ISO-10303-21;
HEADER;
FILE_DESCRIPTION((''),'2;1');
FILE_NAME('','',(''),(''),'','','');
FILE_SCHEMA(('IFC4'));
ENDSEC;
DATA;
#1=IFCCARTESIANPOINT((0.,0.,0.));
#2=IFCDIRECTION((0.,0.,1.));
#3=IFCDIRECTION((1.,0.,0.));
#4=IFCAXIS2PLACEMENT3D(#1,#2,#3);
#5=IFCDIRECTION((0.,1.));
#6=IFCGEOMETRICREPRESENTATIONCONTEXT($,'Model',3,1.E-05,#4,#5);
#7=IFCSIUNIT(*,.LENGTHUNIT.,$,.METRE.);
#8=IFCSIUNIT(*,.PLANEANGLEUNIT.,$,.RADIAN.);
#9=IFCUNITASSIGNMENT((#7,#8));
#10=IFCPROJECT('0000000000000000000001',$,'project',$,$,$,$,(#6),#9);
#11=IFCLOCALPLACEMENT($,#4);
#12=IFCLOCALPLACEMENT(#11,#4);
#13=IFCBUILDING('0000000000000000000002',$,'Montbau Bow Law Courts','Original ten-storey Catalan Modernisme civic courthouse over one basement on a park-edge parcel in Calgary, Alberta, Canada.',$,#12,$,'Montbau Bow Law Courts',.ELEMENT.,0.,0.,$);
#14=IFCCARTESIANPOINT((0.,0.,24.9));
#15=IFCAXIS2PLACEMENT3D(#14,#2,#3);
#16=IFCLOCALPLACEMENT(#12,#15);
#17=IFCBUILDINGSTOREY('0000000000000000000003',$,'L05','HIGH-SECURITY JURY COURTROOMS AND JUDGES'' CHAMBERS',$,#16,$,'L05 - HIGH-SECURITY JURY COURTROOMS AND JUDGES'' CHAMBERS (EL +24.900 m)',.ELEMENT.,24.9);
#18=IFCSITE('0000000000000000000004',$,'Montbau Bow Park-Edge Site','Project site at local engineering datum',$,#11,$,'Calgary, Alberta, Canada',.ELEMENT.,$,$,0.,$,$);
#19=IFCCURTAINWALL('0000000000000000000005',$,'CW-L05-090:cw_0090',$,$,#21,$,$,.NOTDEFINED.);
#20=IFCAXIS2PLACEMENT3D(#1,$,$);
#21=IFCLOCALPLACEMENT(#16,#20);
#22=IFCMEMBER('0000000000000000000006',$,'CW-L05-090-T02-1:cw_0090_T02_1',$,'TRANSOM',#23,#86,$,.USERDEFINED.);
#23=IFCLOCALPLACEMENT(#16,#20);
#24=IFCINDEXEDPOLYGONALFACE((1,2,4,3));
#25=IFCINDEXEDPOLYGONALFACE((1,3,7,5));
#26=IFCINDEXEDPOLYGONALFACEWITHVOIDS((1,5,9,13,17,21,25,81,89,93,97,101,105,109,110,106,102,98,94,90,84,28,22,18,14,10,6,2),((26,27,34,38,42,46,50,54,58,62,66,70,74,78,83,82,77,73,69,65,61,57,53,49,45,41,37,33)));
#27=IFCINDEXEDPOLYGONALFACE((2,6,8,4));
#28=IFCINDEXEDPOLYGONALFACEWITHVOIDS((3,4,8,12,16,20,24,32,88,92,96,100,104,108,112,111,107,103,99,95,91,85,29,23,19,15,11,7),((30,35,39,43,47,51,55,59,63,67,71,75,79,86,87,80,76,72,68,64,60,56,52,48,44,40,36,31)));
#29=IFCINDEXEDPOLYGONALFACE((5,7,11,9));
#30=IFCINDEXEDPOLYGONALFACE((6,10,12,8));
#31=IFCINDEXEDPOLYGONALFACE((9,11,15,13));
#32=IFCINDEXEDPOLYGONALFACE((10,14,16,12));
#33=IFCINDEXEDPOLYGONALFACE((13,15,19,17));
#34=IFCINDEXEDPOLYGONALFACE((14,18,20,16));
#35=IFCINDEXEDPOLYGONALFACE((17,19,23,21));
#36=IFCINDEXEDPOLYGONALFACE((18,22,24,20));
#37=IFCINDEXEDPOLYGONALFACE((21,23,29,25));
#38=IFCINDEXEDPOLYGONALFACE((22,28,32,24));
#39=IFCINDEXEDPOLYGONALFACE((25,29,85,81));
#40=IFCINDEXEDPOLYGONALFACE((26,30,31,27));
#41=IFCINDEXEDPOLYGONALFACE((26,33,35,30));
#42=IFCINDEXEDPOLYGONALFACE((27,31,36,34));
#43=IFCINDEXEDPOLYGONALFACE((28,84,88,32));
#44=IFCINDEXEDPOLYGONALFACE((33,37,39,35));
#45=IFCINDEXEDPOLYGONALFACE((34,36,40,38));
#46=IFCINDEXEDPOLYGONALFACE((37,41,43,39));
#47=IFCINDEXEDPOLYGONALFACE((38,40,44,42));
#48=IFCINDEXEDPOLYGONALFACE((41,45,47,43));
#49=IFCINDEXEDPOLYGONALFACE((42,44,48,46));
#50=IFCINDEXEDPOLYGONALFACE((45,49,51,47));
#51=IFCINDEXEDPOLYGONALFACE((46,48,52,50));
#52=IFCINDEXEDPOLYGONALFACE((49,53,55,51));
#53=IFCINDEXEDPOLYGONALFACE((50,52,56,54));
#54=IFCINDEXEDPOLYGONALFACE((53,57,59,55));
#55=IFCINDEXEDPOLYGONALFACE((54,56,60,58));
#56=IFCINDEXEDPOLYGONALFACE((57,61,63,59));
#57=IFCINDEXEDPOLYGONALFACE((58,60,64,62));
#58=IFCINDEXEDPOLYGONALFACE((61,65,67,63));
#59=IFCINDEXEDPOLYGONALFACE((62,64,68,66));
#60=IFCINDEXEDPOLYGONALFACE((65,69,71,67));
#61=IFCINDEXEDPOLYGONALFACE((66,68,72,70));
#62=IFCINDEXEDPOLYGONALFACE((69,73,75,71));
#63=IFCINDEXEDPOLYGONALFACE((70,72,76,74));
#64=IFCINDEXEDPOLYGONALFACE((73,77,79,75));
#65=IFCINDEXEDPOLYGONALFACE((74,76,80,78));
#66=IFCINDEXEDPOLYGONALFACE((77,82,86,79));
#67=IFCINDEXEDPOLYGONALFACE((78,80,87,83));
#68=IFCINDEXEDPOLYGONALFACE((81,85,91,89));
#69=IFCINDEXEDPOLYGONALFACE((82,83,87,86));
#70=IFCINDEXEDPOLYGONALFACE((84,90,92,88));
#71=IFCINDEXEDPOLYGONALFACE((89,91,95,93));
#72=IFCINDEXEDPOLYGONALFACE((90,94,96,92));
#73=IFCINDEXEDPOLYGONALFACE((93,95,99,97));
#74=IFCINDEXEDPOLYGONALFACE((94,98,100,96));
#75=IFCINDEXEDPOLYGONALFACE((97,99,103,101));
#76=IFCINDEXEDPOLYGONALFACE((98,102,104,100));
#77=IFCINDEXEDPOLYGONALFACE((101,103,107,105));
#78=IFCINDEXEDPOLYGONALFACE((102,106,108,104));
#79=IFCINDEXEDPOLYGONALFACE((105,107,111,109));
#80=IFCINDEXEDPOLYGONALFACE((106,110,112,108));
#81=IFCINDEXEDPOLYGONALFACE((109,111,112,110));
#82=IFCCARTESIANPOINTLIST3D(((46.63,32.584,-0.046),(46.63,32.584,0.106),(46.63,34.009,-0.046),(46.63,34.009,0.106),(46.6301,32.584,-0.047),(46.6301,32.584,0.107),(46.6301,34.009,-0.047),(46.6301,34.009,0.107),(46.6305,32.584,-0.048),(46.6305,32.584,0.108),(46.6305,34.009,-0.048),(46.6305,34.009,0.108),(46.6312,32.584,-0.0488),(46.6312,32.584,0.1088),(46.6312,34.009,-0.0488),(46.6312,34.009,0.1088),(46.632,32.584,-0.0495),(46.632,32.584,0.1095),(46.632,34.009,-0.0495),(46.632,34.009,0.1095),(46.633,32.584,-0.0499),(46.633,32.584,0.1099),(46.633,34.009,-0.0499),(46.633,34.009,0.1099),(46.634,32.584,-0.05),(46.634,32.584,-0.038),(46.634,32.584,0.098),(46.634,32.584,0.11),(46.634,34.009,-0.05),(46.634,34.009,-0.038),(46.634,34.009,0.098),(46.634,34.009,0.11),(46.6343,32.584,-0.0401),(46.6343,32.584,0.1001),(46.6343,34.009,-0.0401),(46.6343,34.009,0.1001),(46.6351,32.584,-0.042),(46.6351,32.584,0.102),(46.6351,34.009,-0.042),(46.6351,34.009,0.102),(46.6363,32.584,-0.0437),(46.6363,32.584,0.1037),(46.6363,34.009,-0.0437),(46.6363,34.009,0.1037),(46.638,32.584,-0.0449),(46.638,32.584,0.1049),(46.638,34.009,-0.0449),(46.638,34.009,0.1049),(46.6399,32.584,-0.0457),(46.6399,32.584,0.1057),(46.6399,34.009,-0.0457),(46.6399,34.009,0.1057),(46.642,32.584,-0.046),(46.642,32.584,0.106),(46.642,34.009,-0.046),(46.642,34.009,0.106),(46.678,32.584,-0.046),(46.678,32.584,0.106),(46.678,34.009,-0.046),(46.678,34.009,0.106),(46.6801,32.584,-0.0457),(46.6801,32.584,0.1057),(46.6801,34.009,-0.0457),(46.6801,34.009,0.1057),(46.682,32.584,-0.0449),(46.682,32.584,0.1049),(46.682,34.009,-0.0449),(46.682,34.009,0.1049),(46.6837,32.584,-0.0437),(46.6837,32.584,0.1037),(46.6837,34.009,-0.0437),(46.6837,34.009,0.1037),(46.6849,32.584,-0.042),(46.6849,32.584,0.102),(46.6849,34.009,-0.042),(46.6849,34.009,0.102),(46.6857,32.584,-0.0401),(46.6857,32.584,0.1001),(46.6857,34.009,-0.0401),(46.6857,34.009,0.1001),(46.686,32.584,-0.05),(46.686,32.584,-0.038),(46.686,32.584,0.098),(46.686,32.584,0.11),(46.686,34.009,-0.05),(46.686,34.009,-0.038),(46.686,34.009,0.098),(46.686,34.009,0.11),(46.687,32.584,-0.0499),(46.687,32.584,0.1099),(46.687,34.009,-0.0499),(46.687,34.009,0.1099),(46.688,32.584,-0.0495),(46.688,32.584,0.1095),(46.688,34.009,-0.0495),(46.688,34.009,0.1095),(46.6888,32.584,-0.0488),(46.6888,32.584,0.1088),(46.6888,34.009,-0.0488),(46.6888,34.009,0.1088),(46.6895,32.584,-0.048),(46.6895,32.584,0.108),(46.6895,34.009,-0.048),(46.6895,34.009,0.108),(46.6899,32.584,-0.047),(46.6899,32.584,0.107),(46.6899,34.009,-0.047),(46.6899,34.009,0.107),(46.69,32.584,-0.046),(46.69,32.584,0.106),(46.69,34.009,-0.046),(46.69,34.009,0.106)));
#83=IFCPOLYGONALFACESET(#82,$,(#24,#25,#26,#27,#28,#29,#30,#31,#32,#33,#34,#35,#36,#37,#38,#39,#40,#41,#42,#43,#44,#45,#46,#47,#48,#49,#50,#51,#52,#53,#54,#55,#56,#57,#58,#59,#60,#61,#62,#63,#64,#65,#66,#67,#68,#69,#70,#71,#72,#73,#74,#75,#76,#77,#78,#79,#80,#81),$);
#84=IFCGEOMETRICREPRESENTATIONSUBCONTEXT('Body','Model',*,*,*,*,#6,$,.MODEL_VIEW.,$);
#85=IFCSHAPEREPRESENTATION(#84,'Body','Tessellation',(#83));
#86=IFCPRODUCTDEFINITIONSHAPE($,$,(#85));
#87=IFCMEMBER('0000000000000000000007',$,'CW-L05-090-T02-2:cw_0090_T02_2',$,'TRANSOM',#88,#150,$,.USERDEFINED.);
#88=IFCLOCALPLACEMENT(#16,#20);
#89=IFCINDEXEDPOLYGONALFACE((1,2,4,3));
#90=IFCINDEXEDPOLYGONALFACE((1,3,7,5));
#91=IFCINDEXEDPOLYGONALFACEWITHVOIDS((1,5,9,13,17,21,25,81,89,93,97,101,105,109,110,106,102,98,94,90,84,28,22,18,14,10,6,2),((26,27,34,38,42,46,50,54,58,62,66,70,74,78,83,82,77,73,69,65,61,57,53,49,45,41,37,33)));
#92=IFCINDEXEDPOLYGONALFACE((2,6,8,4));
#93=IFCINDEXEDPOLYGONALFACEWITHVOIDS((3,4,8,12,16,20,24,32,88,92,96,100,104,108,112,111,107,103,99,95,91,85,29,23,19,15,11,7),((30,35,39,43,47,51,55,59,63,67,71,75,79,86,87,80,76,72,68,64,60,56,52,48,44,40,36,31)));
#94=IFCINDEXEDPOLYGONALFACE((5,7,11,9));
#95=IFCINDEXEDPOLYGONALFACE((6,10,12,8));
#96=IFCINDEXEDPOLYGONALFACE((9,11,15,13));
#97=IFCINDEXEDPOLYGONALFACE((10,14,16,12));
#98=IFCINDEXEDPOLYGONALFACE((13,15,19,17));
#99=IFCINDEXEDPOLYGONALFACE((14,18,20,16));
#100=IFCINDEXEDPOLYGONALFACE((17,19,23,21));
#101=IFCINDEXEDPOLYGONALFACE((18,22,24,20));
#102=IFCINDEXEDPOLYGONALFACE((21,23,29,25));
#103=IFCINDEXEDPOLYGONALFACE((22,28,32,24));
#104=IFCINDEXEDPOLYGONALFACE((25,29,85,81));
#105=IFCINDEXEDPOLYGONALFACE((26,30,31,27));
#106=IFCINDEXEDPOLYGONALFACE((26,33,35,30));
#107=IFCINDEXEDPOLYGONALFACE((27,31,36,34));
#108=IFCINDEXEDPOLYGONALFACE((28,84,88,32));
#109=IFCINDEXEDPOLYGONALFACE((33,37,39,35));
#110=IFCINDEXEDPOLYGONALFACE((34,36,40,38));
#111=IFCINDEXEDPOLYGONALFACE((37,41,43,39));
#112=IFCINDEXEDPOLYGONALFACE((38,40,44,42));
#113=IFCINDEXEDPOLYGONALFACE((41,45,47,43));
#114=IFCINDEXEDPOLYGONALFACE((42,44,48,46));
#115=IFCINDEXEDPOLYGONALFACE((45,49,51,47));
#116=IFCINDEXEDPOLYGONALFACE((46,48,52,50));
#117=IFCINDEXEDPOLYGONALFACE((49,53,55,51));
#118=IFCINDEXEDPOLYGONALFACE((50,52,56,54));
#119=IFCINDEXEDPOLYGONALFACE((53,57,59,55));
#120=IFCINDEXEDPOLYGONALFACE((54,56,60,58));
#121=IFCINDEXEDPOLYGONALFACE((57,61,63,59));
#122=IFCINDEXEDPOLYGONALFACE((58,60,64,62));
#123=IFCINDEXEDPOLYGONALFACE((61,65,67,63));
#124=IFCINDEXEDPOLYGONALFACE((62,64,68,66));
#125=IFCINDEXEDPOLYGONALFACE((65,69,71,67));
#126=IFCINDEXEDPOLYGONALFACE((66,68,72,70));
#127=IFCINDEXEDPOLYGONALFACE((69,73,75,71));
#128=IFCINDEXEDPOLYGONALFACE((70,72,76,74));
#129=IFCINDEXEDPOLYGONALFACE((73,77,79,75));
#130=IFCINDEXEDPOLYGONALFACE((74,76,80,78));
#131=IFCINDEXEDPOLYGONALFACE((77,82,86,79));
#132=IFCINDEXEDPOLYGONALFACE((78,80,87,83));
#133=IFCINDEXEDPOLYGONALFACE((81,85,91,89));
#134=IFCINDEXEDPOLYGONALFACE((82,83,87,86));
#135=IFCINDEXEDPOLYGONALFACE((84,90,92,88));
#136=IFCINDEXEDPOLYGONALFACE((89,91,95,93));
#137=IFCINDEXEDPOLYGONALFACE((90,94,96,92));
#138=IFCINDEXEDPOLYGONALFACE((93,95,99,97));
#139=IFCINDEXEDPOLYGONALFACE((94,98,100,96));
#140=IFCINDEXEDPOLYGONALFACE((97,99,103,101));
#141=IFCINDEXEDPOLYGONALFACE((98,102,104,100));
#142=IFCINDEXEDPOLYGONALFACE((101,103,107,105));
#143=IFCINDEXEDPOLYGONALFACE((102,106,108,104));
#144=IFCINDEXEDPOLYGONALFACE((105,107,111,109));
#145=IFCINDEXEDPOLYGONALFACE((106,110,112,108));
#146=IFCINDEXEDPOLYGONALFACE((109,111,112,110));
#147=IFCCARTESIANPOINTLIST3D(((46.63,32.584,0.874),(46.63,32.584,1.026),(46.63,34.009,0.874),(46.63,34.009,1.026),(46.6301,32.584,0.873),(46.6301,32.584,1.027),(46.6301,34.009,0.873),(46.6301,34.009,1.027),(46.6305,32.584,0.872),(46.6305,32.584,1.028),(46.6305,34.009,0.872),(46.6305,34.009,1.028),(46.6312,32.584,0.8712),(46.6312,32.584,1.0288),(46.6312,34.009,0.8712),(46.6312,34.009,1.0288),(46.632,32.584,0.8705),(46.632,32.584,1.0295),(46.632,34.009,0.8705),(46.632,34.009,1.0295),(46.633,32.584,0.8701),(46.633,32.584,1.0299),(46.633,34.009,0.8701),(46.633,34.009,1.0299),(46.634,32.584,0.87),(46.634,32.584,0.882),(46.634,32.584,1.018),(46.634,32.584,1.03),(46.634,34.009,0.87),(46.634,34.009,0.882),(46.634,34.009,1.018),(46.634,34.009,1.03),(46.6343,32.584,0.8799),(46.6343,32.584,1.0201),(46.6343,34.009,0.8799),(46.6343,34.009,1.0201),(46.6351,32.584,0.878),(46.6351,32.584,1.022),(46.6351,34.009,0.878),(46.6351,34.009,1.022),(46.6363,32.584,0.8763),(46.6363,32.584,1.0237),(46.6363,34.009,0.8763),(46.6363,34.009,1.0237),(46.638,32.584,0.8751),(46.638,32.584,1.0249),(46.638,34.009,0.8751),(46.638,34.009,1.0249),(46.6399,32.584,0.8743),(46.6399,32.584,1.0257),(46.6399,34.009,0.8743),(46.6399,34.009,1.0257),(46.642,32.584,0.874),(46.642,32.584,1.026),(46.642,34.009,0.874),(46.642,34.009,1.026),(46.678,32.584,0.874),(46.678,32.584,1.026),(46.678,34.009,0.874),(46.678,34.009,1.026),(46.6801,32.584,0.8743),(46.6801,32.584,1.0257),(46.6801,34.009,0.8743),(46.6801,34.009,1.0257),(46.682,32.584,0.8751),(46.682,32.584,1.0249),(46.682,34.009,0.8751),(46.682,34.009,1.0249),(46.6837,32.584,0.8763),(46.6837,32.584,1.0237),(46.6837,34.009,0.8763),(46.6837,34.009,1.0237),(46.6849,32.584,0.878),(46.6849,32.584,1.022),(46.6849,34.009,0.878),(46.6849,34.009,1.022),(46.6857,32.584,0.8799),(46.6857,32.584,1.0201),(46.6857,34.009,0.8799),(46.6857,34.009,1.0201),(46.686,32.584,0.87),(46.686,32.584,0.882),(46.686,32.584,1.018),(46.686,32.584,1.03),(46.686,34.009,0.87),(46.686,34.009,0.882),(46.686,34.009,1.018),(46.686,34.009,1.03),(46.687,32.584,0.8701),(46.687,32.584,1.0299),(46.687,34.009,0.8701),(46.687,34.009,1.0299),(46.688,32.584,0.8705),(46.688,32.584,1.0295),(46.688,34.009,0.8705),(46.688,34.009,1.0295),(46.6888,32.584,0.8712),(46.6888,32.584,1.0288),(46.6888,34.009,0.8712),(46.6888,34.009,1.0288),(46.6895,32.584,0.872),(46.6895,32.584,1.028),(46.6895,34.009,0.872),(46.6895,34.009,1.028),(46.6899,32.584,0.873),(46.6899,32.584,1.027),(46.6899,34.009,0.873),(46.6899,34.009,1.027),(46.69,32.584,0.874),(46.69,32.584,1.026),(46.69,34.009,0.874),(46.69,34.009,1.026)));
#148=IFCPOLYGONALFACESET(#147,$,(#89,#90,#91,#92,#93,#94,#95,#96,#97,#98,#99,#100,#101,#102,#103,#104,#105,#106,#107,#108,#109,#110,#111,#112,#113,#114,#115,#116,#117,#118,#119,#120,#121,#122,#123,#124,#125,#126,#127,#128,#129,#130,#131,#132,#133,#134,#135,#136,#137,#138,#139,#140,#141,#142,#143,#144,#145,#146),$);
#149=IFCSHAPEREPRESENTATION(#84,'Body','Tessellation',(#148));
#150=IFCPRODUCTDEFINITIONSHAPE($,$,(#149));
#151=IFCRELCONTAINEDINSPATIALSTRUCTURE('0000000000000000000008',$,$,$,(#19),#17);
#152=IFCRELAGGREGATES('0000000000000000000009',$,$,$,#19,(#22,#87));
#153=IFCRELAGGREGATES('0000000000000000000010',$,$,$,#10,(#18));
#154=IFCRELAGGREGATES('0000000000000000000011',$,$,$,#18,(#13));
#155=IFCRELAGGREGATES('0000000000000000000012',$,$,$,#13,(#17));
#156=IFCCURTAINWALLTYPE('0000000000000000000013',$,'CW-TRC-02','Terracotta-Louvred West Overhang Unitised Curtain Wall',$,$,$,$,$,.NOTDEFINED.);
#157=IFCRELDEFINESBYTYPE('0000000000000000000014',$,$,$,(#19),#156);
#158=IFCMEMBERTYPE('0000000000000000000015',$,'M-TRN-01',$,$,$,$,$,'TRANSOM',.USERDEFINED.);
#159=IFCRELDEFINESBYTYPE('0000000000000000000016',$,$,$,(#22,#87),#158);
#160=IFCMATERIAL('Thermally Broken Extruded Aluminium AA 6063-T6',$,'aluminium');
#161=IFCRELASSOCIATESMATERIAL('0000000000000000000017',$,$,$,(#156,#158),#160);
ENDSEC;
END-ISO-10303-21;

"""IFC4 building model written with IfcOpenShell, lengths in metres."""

from ifc_helpers import new_model, si_unit, direction, frame, origin_with_axes, origin_2d_with_axis, place, context, subcontext, project, spatial, hollow_rectangle, extrude, material, material_profile, profile_set, type_object, element, aggregate, save


model = new_model("IFC4")

# Units and contexts
model_context = context("Model", 3, precision=1e-05, world=origin_with_axes(), true_north=direction((0.0, 1.0)))
body_context = subcontext(model_context, "Body", "Model", "MODEL_VIEW")
ifc_project = project(units=[si_unit("LENGTHUNIT", "METRE"), si_unit("PLANEANGLEUNIT", "RADIAN")], contexts=[model_context])

# Site, building, storey
site_placement = place(None, origin_with_axes())
site = spatial("IfcSite", under=ifc_project, at=site_placement, Name="Montbau Bow Park-Edge Site", Description="Project site at local engineering datum", LongName="Calgary, Alberta, Canada", CompositionType="ELEMENT", RefElevation=0.0)
building_placement = place(site_placement, origin_with_axes())
building = spatial("IfcBuilding", under=site, at=building_placement, Name="Montbau Bow Law Courts", Description="Original ten-storey Catalan Modernisme civic courthouse over one basement on a park-edge parcel in Calgary, Alberta, Canada.", LongName="Montbau Bow Law Courts", CompositionType="ELEMENT", ElevationOfRefHeight=0.0, ElevationOfTerrain=0.0)
storey_placement = place(building_placement, frame((0.0, 0.0, 24.9), z_axis=(0.0, 0.0, 1.0), x_axis=(1.0, 0.0, 0.0)))
storey = spatial("IfcBuildingStorey", under=building, at=storey_placement, Name="L05", Description="HIGH-SECURITY JURY COURTROOMS AND JUDGES' CHAMBERS", LongName="L05 - HIGH-SECURITY JURY COURTROOMS AND JUDGES' CHAMBERS (EL +24.900 m)", CompositionType="ELEMENT", Elevation=24.9)

# Curtain wall, members
ifc_material_1 = material(Name="Thermally Broken Extruded Aluminium AA 6063-T6", Category="aluminium")
curtain_wall_type = type_object("IfcCurtainWallType", Name="CW-TRC-02", Description="Terracotta-Louvred West Overhang Unitised Curtain Wall", PredefinedType="NOTDEFINED", material=ifc_material_1)
curtain_wall_placement = place(None, frame((46.66, 31.04, 24.9), z_axis=(0.0, 0.0, 1.0), x_axis=(1.0, 0.0, 0.0)))
curtain_wall = element("IfcCurtainWall", 1, at=curtain_wall_placement, inside=storey, type_object=curtain_wall_type, Name="CW-L05-090:cw_0090", PredefinedType="NOTDEFINED")
ifc_material_profile_1 = material_profile(ifc_material_1, hollow_rectangle(XDim=0.06, YDim=0.16, WallThickness=0.004, InnerFilletRadius=0.008, OuterFilletRadius=0.004, at=origin_2d_with_axis()), Name="CWT-160X60", Category="Main", Priority=0)
ifc_profile_set_1 = profile_set([ifc_material_profile_1], Name="Thermally Broken Extruded Aluminium AA 6063-T6")
member_type_1 = type_object("IfcMemberType", Name="M-TRN-01", ElementType="TRANSOM", PredefinedType="USERDEFINED", material=ifc_profile_set_1)
member_1_placement = place(None, frame((46.66, 32.584, 24.93), z_axis=(0.0, 1.0, 0.0), x_axis=(-1.0, 0.0, 0.0)))
member_1 = element("IfcMember", 2, at=member_1_placement, type_object=member_type_1, Name="CW-L05-090-T02-1:cw_0090_T02_1", ObjectType="TRANSOM", PredefinedType="USERDEFINED", context=body_context, shape_type="SweptSolid", body=[
    extrude(hollow_rectangle(XDim=0.06, YDim=0.16, WallThickness=0.004, InnerFilletRadius=0.008, OuterFilletRadius=0.004, at=origin_2d_with_axis()), origin_with_axes(), (0.0, 0.0, 1.0), 1.425),
])
member_2_placement = place(None, frame((46.66, 32.584, 25.85), z_axis=(0.0, 1.0, 0.0), x_axis=(-1.0, 0.0, 0.0)))
member_2 = element("IfcMember", 3, at=member_2_placement, type_object=member_type_1, Name="CW-L05-090-T02-2:cw_0090_T02_2", ObjectType="TRANSOM", PredefinedType="USERDEFINED", context=body_context, shape_type="SweptSolid", body=[
    extrude(hollow_rectangle(XDim=0.06, YDim=0.16, WallThickness=0.004, InnerFilletRadius=0.008, OuterFilletRadius=0.004, at=origin_2d_with_axis()), origin_with_axes(), (0.0, 0.0, 1.0), 1.425),
])
aggregate(curtain_wall, [member_1, member_2])

save(model, "model.ifc")
